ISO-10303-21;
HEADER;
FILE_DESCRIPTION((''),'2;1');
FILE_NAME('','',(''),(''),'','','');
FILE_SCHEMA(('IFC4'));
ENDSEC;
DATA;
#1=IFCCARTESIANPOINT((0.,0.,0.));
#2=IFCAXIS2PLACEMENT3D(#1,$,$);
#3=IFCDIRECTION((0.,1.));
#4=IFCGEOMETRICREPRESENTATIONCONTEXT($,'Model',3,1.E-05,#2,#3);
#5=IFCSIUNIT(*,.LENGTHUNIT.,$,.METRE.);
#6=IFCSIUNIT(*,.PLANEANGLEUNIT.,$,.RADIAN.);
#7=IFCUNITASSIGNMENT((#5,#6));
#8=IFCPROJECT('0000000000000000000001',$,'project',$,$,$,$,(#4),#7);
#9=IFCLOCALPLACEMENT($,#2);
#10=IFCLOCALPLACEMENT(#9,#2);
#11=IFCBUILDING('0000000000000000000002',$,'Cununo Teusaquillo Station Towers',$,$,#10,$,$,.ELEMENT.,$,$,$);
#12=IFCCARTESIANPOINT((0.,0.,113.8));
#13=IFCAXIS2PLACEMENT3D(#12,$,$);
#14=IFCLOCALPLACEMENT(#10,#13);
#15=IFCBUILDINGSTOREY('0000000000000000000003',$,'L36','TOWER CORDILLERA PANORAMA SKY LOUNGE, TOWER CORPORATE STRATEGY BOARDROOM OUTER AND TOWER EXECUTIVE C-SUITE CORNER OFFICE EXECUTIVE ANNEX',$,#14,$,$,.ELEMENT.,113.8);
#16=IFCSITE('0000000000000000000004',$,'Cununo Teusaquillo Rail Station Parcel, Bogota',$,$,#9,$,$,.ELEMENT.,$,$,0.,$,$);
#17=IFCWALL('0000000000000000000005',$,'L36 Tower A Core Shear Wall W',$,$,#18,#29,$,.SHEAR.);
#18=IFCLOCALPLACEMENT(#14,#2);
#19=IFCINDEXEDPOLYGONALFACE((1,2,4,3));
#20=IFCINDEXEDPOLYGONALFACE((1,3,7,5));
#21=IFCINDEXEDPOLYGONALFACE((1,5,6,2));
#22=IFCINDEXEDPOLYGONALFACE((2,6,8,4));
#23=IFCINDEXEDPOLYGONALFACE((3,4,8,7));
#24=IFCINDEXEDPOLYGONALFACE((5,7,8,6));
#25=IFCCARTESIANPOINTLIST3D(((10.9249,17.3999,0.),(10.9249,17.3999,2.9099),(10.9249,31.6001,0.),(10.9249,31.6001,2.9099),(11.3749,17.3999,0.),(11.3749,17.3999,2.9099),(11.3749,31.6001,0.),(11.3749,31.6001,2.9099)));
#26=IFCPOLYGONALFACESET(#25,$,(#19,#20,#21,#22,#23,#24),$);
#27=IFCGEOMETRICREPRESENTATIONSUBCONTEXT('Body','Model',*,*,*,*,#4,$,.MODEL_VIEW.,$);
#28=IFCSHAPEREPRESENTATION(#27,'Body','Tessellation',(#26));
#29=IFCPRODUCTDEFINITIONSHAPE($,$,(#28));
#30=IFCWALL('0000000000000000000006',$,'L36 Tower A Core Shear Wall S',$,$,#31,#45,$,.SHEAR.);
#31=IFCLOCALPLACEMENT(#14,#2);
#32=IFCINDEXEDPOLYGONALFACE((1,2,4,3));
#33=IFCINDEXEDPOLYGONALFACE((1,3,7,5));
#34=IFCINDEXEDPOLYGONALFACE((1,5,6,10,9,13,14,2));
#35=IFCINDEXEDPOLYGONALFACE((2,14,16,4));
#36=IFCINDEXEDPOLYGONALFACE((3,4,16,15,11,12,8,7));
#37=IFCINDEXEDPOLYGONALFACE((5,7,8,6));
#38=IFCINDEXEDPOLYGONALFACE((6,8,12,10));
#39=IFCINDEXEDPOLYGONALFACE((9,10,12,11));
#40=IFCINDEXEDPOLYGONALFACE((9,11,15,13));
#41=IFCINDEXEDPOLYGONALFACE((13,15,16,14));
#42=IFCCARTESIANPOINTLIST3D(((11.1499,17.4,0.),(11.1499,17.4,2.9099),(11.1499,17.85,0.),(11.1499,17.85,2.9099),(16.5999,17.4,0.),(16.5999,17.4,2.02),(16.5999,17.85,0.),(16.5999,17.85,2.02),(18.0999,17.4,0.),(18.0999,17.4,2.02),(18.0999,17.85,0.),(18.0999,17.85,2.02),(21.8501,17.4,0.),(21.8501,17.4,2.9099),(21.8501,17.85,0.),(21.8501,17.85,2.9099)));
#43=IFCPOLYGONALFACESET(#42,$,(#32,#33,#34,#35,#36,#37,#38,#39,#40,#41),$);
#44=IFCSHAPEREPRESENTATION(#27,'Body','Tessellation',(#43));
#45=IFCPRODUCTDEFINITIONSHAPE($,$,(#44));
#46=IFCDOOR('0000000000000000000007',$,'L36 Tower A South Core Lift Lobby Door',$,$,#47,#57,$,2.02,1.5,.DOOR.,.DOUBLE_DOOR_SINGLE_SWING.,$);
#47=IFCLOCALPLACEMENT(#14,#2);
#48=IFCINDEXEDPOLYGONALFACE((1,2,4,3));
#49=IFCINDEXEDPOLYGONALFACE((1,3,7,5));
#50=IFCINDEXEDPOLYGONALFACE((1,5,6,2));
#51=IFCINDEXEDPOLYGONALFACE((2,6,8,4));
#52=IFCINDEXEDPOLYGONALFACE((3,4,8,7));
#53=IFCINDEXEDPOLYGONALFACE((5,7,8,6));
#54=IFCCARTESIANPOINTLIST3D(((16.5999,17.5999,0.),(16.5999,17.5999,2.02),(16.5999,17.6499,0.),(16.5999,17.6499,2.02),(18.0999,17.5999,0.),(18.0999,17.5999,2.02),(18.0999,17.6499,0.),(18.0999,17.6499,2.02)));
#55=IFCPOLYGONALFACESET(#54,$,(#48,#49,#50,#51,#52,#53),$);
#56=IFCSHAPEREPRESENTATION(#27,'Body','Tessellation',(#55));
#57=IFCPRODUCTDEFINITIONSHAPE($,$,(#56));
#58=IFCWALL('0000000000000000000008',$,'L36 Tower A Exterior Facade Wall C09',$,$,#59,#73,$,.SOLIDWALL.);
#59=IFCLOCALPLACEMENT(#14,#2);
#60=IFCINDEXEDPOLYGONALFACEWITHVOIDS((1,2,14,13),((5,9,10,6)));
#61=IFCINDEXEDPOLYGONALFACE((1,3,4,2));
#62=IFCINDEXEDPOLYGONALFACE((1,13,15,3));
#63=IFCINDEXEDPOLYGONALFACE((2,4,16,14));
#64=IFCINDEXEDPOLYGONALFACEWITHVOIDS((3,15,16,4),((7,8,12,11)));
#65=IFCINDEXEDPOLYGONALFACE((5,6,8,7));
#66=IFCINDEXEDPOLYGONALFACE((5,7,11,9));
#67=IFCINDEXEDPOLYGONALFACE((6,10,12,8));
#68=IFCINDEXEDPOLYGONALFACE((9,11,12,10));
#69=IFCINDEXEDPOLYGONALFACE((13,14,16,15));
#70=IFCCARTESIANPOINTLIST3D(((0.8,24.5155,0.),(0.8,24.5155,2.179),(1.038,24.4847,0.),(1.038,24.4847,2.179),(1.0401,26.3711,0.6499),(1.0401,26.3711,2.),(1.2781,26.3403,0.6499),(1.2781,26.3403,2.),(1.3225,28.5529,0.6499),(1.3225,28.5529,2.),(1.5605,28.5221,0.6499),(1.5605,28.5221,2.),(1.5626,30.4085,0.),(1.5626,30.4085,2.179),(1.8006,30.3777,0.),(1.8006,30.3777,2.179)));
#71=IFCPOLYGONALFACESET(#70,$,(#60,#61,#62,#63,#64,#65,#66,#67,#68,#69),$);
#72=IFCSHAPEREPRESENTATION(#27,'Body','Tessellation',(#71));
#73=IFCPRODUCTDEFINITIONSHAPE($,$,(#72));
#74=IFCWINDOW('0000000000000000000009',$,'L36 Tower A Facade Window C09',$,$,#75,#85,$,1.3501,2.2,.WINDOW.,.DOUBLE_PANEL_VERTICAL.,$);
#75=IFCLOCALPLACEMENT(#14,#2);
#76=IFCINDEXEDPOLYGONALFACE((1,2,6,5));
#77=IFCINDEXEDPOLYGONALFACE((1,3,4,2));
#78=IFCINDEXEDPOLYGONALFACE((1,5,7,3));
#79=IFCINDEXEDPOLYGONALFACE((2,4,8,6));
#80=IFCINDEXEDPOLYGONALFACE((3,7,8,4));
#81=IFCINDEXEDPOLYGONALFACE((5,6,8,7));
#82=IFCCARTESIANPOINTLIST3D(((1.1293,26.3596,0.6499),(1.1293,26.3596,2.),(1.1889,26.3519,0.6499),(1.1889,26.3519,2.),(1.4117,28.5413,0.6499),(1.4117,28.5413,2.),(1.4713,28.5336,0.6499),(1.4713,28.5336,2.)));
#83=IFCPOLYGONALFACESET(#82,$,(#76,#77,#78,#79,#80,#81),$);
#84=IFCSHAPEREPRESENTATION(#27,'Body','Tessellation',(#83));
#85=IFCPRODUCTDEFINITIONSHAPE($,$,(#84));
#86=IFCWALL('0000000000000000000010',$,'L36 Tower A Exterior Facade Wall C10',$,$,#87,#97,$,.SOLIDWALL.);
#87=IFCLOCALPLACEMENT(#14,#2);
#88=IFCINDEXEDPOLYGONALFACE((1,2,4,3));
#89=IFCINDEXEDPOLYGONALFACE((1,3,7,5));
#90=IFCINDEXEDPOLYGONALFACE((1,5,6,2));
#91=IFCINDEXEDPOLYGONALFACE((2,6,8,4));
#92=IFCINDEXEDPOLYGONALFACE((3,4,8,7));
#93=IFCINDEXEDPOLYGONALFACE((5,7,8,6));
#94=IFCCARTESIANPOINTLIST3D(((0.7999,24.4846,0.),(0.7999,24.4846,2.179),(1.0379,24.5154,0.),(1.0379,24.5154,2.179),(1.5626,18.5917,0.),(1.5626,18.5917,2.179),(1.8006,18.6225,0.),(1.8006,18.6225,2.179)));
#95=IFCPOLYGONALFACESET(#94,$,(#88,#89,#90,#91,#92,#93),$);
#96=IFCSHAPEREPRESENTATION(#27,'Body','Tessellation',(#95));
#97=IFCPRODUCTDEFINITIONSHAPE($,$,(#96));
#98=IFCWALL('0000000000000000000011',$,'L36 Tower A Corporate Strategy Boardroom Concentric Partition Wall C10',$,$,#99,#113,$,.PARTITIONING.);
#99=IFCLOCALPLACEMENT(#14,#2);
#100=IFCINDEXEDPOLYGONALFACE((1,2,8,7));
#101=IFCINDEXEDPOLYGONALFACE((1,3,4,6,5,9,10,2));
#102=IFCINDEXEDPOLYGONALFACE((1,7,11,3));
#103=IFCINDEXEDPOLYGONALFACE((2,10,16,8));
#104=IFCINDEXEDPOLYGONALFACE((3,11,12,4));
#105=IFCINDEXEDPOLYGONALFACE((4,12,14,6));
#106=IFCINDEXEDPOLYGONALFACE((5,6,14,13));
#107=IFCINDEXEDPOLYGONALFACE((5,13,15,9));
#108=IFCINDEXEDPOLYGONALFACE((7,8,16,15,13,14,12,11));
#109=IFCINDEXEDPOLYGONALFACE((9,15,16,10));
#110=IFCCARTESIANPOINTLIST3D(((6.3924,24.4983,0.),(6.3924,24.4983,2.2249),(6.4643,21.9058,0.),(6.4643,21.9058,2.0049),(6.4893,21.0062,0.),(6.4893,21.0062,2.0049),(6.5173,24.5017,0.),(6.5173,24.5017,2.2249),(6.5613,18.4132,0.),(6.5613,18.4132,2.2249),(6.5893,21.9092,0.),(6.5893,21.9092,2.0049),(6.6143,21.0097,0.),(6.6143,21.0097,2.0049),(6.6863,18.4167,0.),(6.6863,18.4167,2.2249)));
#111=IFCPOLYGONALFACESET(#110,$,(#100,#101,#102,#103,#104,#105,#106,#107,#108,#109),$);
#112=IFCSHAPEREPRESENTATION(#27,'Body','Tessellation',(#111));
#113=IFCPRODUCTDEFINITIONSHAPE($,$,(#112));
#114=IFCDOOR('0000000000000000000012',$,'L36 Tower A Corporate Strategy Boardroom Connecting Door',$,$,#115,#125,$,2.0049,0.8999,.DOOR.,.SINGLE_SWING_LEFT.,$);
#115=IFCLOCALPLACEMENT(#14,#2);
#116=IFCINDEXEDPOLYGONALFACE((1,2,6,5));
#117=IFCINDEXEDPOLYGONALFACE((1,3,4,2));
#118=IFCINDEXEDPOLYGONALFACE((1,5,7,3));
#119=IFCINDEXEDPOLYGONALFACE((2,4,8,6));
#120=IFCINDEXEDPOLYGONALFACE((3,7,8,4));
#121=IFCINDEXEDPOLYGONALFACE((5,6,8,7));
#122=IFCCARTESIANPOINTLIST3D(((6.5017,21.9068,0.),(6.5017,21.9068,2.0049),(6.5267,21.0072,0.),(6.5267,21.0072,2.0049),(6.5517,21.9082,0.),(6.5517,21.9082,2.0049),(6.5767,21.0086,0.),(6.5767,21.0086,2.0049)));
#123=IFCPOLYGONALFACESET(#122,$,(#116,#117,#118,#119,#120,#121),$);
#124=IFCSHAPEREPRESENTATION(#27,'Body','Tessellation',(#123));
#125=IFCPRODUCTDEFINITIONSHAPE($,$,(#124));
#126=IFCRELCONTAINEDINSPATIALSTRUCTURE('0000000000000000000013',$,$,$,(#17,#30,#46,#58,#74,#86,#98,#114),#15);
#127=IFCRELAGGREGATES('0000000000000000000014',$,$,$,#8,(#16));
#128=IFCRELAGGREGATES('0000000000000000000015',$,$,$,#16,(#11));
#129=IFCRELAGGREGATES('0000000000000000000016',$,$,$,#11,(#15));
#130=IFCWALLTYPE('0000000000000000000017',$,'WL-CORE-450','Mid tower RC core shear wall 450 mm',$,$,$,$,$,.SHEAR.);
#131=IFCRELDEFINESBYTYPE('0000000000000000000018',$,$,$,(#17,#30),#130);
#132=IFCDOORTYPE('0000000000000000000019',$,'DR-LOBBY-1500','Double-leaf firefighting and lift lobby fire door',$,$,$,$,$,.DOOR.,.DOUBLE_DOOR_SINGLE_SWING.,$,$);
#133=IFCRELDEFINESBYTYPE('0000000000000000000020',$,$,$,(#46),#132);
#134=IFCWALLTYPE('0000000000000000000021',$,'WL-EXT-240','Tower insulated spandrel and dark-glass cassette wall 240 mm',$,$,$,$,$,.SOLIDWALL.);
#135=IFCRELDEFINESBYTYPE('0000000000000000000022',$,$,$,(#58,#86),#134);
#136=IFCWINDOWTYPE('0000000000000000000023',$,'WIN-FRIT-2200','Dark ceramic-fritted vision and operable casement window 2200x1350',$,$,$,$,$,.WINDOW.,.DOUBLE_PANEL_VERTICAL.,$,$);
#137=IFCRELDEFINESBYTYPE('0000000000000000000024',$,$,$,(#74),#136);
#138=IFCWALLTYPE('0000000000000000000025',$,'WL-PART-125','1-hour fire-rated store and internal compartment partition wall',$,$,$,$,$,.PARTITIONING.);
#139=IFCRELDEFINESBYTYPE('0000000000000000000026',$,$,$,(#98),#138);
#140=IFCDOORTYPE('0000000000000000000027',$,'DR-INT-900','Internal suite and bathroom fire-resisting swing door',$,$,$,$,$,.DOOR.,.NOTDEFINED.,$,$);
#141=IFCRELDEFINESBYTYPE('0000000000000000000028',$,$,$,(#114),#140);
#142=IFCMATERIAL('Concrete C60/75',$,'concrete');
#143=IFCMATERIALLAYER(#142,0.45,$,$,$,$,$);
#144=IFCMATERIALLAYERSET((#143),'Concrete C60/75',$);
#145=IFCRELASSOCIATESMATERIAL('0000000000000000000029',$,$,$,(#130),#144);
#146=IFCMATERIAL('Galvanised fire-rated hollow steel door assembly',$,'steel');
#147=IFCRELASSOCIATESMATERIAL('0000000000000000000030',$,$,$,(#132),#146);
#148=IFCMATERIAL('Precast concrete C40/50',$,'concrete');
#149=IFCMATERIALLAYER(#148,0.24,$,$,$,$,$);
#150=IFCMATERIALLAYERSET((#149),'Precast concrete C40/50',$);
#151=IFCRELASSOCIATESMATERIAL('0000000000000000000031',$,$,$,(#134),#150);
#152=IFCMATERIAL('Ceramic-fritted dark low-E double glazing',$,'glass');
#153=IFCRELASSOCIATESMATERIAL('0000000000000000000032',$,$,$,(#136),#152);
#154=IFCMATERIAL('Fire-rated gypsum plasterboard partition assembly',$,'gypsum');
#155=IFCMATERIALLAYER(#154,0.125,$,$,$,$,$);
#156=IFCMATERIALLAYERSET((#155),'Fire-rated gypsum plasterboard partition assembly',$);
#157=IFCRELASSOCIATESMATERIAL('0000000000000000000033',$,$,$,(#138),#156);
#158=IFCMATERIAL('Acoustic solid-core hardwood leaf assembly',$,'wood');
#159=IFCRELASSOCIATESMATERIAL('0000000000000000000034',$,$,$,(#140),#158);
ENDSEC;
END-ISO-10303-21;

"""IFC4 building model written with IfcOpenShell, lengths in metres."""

from ifc_helpers import new_model, si_unit, direction, frame, frame_2d, origin, place, context, subcontext, project, spatial, rectangle, extrude, source, transform, mapped, material, layer, layer_set, type_object, element, fill, save


model = new_model("IFC4")

# Units and contexts
model_context = context("Model", 3, precision=1e-05, world=origin(), true_north=direction((0.0, 1.0)))
body_context = subcontext(model_context, "Body", "Model", "MODEL_VIEW")
ifc_project = project(units=[si_unit("LENGTHUNIT", "METRE"), si_unit("PLANEANGLEUNIT", "RADIAN")], contexts=[model_context])

# Site, building, storey
site_placement = place(None, origin())
site = spatial("IfcSite", under=ifc_project, at=site_placement, Name="Cununo Teusaquillo Rail Station Parcel, Bogota", CompositionType="ELEMENT", RefElevation=0.0)
building_placement = place(site_placement, origin())
building = spatial("IfcBuilding", under=site, at=building_placement, Name="Cununo Teusaquillo Station Towers", CompositionType="ELEMENT")
storey_placement = place(building_placement, frame((0.0, 0.0, 113.8)))
storey = spatial("IfcBuildingStorey", under=building, at=storey_placement, Name="L36", Description="TOWER CORDILLERA PANORAMA SKY LOUNGE, TOWER CORPORATE STRATEGY BOARDROOM OUTER AND TOWER EXECUTIVE C-SUITE CORNER OFFICE EXECUTIVE ANNEX", CompositionType="ELEMENT", Elevation=113.8)

# Wall
ifc_material_1 = material(Name="Concrete C60/75", Category="concrete")
ifc_layer_1 = layer(ifc_material_1, 0.45)
ifc_layer_set_1 = layer_set([ifc_layer_1], Name="Concrete C60/75")
wall_type_1 = type_object("IfcWallType", Name="WL-CORE-450", Description="Mid tower RC core shear wall 450 mm", PredefinedType="SHEAR", material=ifc_layer_set_1)
wall_1_placement = place(storey_placement, frame((11.1499, 17.3999, 0.0), z_axis=(0.0, 0.0, 1.0), x_axis=(0.0, 1.0, 0.0)))
element("IfcWall", 1, at=wall_1_placement, inside=storey, type_object=wall_type_1, Name="L36 Tower A Core Shear Wall W", PredefinedType="SHEAR", context=body_context, shape_type="SweptSolid", body=[
    extrude(rectangle(XDim=14.2002, YDim=0.45, at=frame_2d((7.1001, 0.0))), origin(), (0.0, 0.0, 1.0), 2.9099),
])

# Wall, opening, door
wall_2_placement = place(storey_placement, frame((11.1499, 17.625, 0.0), z_axis=(0.0, 0.0, 1.0), x_axis=(1.0, 0.0, 0.0)))
wall_2 = element("IfcWall", 2, at=wall_2_placement, inside=storey, type_object=wall_type_1, Name="L36 Tower A Core Shear Wall S", PredefinedType="SHEAR", context=body_context, shape_type="SweptSolid", body=[
    extrude(rectangle(XDim=10.7002, YDim=0.45, at=frame_2d((5.3501, 0.0))), origin(), (0.0, 0.0, 1.0), 2.9099),
])
shared_shape_1 = source(origin(), body_context, "Body", "SweptSolid", [
    extrude(rectangle(XDim=1.5, YDim=2.02, at=frame_2d((0.75, 1.01))), frame((0.0, 0.2349, 0.0), z_axis=(0.0, -1.0, 0.0), x_axis=(1.0, 0.0, 0.0)), (0.0, 0.0, 1.0), 0.47),
])
opening_1_placement = place(wall_2_placement, frame((5.45, 0.0, 0.0)))
opening_1 = element("IfcOpeningElement", 3, at=opening_1_placement, cuts=wall_2, PredefinedType="OPENING", context=body_context, shape_type="MappedRepresentation", body=[
    mapped(shared_shape_1, transform((0.0, 0.0, 0.0), x_axis=(1.0, 0.0, 0.0), y_axis=(0.0, 1.0, 0.0), z_axis=(0.0, 0.0, 1.0), scale=1.0)),
])
ifc_material_2 = material(Name="Galvanised fire-rated hollow steel door assembly", Category="steel")
door_type_1 = type_object("IfcDoorType", Name="DR-LOBBY-1500", Description="Double-leaf firefighting and lift lobby fire door", OperationType="DOUBLE_DOOR_SINGLE_SWING", PredefinedType="DOOR", material=ifc_material_2)
shared_shape_2 = source(origin(), body_context, "Body", "SweptSolid", [
    extrude(rectangle(XDim=1.5, YDim=2.02, at=frame_2d((0.75, 1.01))), frame((0.0, 0.0249, 0.0), z_axis=(0.0, -1.0, 0.0), x_axis=(1.0, 0.0, 0.0)), (0.0, 0.0, 1.0), 0.05),
])
door_1_placement = place(opening_1_placement, origin())
door_1 = element("IfcDoor", 4, at=door_1_placement, inside=storey, type_object=door_type_1, Name="L36 Tower A South Core Lift Lobby Door", OperationType="DOUBLE_DOOR_SINGLE_SWING", OverallHeight=2.02, OverallWidth=1.5, PredefinedType="DOOR", context=body_context, shape_type="MappedRepresentation", body=[
    mapped(shared_shape_2, transform((0.0, 0.0, 0.0), x_axis=(1.0, 0.0, 0.0), y_axis=(0.0, 1.0, 0.0), z_axis=(0.0, 0.0, 1.0), scale=1.0)),
])
fill(opening_1, door_1)

# Wall, opening, window
ifc_material_3 = material(Name="Precast concrete C40/50", Category="concrete")
ifc_layer_2 = layer(ifc_material_3, 0.24)
ifc_layer_set_2 = layer_set([ifc_layer_2], Name="Precast concrete C40/50")
wall_type_2 = type_object("IfcWallType", Name="WL-EXT-240", Description="Tower insulated spandrel and dark-glass cassette wall 240 mm", PredefinedType="SOLIDWALL", material=ifc_layer_set_2)
wall_3_placement = place(storey_placement, frame((0.9189, 24.5, 0.0), z_axis=(0.0, 0.0, 1.0), x_axis=(0.128352, 0.991729, 0.0)))
wall_3 = element("IfcWall", 5, at=wall_3_placement, inside=storey, type_object=wall_type_2, Name="L36 Tower A Exterior Facade Wall C09", PredefinedType="SOLIDWALL", context=body_context, shape_type="SweptSolid", body=[
    extrude(rectangle(XDim=5.9421, YDim=0.24, at=frame_2d((2.9712, 0.0))), origin(), (0.0, 0.0, 1.0), 2.179),
])
shared_shape_3 = source(origin(), body_context, "Body", "SweptSolid", [
    extrude(rectangle(XDim=2.2, YDim=1.3501, at=frame_2d((1.1001, 0.675))), frame((0.0, 0.1299, 0.0), z_axis=(0.0, -1.0, 0.0), x_axis=(1.0, 0.0, 0.0)), (0.0, 0.0, 1.0), 0.26),
])
opening_2_placement = place(wall_3_placement, frame((1.8711, 0.0, 0.6499)))
opening_2 = element("IfcOpeningElement", 6, at=opening_2_placement, cuts=wall_3, PredefinedType="OPENING", context=body_context, shape_type="MappedRepresentation", body=[
    mapped(shared_shape_3, transform((0.0, 0.0, 0.0), x_axis=(1.0, 0.0, 0.0), y_axis=(0.0, 1.0, 0.0), z_axis=(0.0, 0.0, 1.0), scale=1.0)),
])
ifc_material_4 = material(Name="Ceramic-fritted dark low-E double glazing", Category="glass")
window_type = type_object("IfcWindowType", Name="WIN-FRIT-2200", Description="Dark ceramic-fritted vision and operable casement window 2200x1350", PartitioningType="DOUBLE_PANEL_VERTICAL", PredefinedType="WINDOW", material=ifc_material_4)
shared_shape_4 = source(origin(), body_context, "Body", "SweptSolid", [
    extrude(rectangle(XDim=2.2, YDim=1.3501, at=frame_2d((1.1001, 0.675))), frame((0.0, 0.03, 0.0), z_axis=(0.0, -1.0, 0.0), x_axis=(1.0, 0.0, 0.0)), (0.0, 0.0, 1.0), 0.0601),
])
window_placement = place(opening_2_placement, origin())
window = element("IfcWindow", 7, at=window_placement, inside=storey, type_object=window_type, Name="L36 Tower A Facade Window C09", OverallHeight=1.3501, OverallWidth=2.2, PartitioningType="DOUBLE_PANEL_VERTICAL", PredefinedType="WINDOW", context=body_context, shape_type="MappedRepresentation", body=[
    mapped(shared_shape_4, transform((0.0, 0.0, 0.0), x_axis=(1.0, 0.0, 0.0), y_axis=(0.0, 1.0, 0.0), z_axis=(0.0, 0.0, 1.0), scale=1.0)),
])
fill(opening_2, window)

# Wall
wall_4_placement = place(storey_placement, frame((1.6816, 18.6069, 0.0), z_axis=(0.0, 0.0, 1.0), x_axis=(-0.128352, 0.991729, 0.0)))
element("IfcWall", 8, at=wall_4_placement, inside=storey, type_object=wall_type_2, Name="L36 Tower A Exterior Facade Wall C10", PredefinedType="SOLIDWALL", context=body_context, shape_type="SweptSolid", body=[
    extrude(rectangle(XDim=5.9421, YDim=0.24, at=frame_2d((2.9712, 0.0))), origin(), (0.0, 0.0, 1.0), 2.179),
])

# Wall, opening, door
ifc_material_5 = material(Name="Fire-rated gypsum plasterboard partition assembly", Category="gypsum")
ifc_layer_3 = layer(ifc_material_5, 0.125)
ifc_layer_set_3 = layer_set([ifc_layer_3], Name="Fire-rated gypsum plasterboard partition assembly")
wall_type_3 = type_object("IfcWallType", Name="WL-PART-125", Description="1-hour fire-rated store and internal compartment partition wall", PredefinedType="PARTITIONING", material=ifc_layer_set_3)
wall_5_placement = place(storey_placement, frame((6.4548, 24.5, 0.0), z_axis=(0.0, 0.0, 1.0), x_axis=(0.027754, -0.999615, 0.0)))
wall_5 = element("IfcWall", 9, at=wall_5_placement, inside=storey, type_object=wall_type_3, Name="L36 Tower A Corporate Strategy Boardroom Concentric Partition Wall C10", PredefinedType="PARTITIONING", context=body_context, shape_type="SweptSolid", body=[
    extrude(rectangle(XDim=6.0874, YDim=0.125, at=frame_2d((3.0437, 0.0))), origin(), (0.0, 0.0, 1.0), 2.2249),
])
shared_shape_5 = source(origin(), body_context, "Body", "SweptSolid", [
    extrude(rectangle(XDim=0.8999, YDim=2.0049, at=frame_2d((0.45, 1.0024))), frame((0.0, 0.0725, 0.0), z_axis=(0.0, -1.0, 0.0), x_axis=(1.0, 0.0, 0.0)), (0.0, 0.0, 1.0), 0.145),
])
opening_3_placement = place(wall_5_placement, frame((2.5935, 0.0, 0.0)))
opening_3 = element("IfcOpeningElement", 10, at=opening_3_placement, cuts=wall_5, PredefinedType="OPENING", context=body_context, shape_type="MappedRepresentation", body=[
    mapped(shared_shape_5, transform((0.0, 0.0, 0.0), x_axis=(1.0, 0.0, 0.0), y_axis=(0.0, 1.0, 0.0), z_axis=(0.0, 0.0, 1.0), scale=1.0)),
])
ifc_material_6 = material(Name="Acoustic solid-core hardwood leaf assembly", Category="wood")
door_type_2 = type_object("IfcDoorType", Name="DR-INT-900", Description="Internal suite and bathroom fire-resisting swing door", OperationType="NOTDEFINED", PredefinedType="DOOR", material=ifc_material_6)
shared_shape_6 = source(origin(), body_context, "Body", "SweptSolid", [
    extrude(rectangle(XDim=0.8999, YDim=2.0049, at=frame_2d((0.45, 1.0024))), frame((0.0, 0.0249, 0.0), z_axis=(0.0, -1.0, 0.0), x_axis=(1.0, 0.0, 0.0)), (0.0, 0.0, 1.0), 0.05),
])
door_2_placement = place(opening_3_placement, origin())
door_2 = element("IfcDoor", 11, at=door_2_placement, inside=storey, type_object=door_type_2, Name="L36 Tower A Corporate Strategy Boardroom Connecting Door", OperationType="SINGLE_SWING_LEFT", OverallHeight=2.0049, OverallWidth=0.8999, PredefinedType="DOOR", context=body_context, shape_type="MappedRepresentation", body=[
    mapped(shared_shape_6, transform((0.0, 0.0, 0.0), x_axis=(1.0, 0.0, 0.0), y_axis=(0.0, 1.0, 0.0), z_axis=(0.0, 0.0, 1.0), scale=1.0)),
])
fill(opening_3, door_2)

save(model, "model.ifc")
